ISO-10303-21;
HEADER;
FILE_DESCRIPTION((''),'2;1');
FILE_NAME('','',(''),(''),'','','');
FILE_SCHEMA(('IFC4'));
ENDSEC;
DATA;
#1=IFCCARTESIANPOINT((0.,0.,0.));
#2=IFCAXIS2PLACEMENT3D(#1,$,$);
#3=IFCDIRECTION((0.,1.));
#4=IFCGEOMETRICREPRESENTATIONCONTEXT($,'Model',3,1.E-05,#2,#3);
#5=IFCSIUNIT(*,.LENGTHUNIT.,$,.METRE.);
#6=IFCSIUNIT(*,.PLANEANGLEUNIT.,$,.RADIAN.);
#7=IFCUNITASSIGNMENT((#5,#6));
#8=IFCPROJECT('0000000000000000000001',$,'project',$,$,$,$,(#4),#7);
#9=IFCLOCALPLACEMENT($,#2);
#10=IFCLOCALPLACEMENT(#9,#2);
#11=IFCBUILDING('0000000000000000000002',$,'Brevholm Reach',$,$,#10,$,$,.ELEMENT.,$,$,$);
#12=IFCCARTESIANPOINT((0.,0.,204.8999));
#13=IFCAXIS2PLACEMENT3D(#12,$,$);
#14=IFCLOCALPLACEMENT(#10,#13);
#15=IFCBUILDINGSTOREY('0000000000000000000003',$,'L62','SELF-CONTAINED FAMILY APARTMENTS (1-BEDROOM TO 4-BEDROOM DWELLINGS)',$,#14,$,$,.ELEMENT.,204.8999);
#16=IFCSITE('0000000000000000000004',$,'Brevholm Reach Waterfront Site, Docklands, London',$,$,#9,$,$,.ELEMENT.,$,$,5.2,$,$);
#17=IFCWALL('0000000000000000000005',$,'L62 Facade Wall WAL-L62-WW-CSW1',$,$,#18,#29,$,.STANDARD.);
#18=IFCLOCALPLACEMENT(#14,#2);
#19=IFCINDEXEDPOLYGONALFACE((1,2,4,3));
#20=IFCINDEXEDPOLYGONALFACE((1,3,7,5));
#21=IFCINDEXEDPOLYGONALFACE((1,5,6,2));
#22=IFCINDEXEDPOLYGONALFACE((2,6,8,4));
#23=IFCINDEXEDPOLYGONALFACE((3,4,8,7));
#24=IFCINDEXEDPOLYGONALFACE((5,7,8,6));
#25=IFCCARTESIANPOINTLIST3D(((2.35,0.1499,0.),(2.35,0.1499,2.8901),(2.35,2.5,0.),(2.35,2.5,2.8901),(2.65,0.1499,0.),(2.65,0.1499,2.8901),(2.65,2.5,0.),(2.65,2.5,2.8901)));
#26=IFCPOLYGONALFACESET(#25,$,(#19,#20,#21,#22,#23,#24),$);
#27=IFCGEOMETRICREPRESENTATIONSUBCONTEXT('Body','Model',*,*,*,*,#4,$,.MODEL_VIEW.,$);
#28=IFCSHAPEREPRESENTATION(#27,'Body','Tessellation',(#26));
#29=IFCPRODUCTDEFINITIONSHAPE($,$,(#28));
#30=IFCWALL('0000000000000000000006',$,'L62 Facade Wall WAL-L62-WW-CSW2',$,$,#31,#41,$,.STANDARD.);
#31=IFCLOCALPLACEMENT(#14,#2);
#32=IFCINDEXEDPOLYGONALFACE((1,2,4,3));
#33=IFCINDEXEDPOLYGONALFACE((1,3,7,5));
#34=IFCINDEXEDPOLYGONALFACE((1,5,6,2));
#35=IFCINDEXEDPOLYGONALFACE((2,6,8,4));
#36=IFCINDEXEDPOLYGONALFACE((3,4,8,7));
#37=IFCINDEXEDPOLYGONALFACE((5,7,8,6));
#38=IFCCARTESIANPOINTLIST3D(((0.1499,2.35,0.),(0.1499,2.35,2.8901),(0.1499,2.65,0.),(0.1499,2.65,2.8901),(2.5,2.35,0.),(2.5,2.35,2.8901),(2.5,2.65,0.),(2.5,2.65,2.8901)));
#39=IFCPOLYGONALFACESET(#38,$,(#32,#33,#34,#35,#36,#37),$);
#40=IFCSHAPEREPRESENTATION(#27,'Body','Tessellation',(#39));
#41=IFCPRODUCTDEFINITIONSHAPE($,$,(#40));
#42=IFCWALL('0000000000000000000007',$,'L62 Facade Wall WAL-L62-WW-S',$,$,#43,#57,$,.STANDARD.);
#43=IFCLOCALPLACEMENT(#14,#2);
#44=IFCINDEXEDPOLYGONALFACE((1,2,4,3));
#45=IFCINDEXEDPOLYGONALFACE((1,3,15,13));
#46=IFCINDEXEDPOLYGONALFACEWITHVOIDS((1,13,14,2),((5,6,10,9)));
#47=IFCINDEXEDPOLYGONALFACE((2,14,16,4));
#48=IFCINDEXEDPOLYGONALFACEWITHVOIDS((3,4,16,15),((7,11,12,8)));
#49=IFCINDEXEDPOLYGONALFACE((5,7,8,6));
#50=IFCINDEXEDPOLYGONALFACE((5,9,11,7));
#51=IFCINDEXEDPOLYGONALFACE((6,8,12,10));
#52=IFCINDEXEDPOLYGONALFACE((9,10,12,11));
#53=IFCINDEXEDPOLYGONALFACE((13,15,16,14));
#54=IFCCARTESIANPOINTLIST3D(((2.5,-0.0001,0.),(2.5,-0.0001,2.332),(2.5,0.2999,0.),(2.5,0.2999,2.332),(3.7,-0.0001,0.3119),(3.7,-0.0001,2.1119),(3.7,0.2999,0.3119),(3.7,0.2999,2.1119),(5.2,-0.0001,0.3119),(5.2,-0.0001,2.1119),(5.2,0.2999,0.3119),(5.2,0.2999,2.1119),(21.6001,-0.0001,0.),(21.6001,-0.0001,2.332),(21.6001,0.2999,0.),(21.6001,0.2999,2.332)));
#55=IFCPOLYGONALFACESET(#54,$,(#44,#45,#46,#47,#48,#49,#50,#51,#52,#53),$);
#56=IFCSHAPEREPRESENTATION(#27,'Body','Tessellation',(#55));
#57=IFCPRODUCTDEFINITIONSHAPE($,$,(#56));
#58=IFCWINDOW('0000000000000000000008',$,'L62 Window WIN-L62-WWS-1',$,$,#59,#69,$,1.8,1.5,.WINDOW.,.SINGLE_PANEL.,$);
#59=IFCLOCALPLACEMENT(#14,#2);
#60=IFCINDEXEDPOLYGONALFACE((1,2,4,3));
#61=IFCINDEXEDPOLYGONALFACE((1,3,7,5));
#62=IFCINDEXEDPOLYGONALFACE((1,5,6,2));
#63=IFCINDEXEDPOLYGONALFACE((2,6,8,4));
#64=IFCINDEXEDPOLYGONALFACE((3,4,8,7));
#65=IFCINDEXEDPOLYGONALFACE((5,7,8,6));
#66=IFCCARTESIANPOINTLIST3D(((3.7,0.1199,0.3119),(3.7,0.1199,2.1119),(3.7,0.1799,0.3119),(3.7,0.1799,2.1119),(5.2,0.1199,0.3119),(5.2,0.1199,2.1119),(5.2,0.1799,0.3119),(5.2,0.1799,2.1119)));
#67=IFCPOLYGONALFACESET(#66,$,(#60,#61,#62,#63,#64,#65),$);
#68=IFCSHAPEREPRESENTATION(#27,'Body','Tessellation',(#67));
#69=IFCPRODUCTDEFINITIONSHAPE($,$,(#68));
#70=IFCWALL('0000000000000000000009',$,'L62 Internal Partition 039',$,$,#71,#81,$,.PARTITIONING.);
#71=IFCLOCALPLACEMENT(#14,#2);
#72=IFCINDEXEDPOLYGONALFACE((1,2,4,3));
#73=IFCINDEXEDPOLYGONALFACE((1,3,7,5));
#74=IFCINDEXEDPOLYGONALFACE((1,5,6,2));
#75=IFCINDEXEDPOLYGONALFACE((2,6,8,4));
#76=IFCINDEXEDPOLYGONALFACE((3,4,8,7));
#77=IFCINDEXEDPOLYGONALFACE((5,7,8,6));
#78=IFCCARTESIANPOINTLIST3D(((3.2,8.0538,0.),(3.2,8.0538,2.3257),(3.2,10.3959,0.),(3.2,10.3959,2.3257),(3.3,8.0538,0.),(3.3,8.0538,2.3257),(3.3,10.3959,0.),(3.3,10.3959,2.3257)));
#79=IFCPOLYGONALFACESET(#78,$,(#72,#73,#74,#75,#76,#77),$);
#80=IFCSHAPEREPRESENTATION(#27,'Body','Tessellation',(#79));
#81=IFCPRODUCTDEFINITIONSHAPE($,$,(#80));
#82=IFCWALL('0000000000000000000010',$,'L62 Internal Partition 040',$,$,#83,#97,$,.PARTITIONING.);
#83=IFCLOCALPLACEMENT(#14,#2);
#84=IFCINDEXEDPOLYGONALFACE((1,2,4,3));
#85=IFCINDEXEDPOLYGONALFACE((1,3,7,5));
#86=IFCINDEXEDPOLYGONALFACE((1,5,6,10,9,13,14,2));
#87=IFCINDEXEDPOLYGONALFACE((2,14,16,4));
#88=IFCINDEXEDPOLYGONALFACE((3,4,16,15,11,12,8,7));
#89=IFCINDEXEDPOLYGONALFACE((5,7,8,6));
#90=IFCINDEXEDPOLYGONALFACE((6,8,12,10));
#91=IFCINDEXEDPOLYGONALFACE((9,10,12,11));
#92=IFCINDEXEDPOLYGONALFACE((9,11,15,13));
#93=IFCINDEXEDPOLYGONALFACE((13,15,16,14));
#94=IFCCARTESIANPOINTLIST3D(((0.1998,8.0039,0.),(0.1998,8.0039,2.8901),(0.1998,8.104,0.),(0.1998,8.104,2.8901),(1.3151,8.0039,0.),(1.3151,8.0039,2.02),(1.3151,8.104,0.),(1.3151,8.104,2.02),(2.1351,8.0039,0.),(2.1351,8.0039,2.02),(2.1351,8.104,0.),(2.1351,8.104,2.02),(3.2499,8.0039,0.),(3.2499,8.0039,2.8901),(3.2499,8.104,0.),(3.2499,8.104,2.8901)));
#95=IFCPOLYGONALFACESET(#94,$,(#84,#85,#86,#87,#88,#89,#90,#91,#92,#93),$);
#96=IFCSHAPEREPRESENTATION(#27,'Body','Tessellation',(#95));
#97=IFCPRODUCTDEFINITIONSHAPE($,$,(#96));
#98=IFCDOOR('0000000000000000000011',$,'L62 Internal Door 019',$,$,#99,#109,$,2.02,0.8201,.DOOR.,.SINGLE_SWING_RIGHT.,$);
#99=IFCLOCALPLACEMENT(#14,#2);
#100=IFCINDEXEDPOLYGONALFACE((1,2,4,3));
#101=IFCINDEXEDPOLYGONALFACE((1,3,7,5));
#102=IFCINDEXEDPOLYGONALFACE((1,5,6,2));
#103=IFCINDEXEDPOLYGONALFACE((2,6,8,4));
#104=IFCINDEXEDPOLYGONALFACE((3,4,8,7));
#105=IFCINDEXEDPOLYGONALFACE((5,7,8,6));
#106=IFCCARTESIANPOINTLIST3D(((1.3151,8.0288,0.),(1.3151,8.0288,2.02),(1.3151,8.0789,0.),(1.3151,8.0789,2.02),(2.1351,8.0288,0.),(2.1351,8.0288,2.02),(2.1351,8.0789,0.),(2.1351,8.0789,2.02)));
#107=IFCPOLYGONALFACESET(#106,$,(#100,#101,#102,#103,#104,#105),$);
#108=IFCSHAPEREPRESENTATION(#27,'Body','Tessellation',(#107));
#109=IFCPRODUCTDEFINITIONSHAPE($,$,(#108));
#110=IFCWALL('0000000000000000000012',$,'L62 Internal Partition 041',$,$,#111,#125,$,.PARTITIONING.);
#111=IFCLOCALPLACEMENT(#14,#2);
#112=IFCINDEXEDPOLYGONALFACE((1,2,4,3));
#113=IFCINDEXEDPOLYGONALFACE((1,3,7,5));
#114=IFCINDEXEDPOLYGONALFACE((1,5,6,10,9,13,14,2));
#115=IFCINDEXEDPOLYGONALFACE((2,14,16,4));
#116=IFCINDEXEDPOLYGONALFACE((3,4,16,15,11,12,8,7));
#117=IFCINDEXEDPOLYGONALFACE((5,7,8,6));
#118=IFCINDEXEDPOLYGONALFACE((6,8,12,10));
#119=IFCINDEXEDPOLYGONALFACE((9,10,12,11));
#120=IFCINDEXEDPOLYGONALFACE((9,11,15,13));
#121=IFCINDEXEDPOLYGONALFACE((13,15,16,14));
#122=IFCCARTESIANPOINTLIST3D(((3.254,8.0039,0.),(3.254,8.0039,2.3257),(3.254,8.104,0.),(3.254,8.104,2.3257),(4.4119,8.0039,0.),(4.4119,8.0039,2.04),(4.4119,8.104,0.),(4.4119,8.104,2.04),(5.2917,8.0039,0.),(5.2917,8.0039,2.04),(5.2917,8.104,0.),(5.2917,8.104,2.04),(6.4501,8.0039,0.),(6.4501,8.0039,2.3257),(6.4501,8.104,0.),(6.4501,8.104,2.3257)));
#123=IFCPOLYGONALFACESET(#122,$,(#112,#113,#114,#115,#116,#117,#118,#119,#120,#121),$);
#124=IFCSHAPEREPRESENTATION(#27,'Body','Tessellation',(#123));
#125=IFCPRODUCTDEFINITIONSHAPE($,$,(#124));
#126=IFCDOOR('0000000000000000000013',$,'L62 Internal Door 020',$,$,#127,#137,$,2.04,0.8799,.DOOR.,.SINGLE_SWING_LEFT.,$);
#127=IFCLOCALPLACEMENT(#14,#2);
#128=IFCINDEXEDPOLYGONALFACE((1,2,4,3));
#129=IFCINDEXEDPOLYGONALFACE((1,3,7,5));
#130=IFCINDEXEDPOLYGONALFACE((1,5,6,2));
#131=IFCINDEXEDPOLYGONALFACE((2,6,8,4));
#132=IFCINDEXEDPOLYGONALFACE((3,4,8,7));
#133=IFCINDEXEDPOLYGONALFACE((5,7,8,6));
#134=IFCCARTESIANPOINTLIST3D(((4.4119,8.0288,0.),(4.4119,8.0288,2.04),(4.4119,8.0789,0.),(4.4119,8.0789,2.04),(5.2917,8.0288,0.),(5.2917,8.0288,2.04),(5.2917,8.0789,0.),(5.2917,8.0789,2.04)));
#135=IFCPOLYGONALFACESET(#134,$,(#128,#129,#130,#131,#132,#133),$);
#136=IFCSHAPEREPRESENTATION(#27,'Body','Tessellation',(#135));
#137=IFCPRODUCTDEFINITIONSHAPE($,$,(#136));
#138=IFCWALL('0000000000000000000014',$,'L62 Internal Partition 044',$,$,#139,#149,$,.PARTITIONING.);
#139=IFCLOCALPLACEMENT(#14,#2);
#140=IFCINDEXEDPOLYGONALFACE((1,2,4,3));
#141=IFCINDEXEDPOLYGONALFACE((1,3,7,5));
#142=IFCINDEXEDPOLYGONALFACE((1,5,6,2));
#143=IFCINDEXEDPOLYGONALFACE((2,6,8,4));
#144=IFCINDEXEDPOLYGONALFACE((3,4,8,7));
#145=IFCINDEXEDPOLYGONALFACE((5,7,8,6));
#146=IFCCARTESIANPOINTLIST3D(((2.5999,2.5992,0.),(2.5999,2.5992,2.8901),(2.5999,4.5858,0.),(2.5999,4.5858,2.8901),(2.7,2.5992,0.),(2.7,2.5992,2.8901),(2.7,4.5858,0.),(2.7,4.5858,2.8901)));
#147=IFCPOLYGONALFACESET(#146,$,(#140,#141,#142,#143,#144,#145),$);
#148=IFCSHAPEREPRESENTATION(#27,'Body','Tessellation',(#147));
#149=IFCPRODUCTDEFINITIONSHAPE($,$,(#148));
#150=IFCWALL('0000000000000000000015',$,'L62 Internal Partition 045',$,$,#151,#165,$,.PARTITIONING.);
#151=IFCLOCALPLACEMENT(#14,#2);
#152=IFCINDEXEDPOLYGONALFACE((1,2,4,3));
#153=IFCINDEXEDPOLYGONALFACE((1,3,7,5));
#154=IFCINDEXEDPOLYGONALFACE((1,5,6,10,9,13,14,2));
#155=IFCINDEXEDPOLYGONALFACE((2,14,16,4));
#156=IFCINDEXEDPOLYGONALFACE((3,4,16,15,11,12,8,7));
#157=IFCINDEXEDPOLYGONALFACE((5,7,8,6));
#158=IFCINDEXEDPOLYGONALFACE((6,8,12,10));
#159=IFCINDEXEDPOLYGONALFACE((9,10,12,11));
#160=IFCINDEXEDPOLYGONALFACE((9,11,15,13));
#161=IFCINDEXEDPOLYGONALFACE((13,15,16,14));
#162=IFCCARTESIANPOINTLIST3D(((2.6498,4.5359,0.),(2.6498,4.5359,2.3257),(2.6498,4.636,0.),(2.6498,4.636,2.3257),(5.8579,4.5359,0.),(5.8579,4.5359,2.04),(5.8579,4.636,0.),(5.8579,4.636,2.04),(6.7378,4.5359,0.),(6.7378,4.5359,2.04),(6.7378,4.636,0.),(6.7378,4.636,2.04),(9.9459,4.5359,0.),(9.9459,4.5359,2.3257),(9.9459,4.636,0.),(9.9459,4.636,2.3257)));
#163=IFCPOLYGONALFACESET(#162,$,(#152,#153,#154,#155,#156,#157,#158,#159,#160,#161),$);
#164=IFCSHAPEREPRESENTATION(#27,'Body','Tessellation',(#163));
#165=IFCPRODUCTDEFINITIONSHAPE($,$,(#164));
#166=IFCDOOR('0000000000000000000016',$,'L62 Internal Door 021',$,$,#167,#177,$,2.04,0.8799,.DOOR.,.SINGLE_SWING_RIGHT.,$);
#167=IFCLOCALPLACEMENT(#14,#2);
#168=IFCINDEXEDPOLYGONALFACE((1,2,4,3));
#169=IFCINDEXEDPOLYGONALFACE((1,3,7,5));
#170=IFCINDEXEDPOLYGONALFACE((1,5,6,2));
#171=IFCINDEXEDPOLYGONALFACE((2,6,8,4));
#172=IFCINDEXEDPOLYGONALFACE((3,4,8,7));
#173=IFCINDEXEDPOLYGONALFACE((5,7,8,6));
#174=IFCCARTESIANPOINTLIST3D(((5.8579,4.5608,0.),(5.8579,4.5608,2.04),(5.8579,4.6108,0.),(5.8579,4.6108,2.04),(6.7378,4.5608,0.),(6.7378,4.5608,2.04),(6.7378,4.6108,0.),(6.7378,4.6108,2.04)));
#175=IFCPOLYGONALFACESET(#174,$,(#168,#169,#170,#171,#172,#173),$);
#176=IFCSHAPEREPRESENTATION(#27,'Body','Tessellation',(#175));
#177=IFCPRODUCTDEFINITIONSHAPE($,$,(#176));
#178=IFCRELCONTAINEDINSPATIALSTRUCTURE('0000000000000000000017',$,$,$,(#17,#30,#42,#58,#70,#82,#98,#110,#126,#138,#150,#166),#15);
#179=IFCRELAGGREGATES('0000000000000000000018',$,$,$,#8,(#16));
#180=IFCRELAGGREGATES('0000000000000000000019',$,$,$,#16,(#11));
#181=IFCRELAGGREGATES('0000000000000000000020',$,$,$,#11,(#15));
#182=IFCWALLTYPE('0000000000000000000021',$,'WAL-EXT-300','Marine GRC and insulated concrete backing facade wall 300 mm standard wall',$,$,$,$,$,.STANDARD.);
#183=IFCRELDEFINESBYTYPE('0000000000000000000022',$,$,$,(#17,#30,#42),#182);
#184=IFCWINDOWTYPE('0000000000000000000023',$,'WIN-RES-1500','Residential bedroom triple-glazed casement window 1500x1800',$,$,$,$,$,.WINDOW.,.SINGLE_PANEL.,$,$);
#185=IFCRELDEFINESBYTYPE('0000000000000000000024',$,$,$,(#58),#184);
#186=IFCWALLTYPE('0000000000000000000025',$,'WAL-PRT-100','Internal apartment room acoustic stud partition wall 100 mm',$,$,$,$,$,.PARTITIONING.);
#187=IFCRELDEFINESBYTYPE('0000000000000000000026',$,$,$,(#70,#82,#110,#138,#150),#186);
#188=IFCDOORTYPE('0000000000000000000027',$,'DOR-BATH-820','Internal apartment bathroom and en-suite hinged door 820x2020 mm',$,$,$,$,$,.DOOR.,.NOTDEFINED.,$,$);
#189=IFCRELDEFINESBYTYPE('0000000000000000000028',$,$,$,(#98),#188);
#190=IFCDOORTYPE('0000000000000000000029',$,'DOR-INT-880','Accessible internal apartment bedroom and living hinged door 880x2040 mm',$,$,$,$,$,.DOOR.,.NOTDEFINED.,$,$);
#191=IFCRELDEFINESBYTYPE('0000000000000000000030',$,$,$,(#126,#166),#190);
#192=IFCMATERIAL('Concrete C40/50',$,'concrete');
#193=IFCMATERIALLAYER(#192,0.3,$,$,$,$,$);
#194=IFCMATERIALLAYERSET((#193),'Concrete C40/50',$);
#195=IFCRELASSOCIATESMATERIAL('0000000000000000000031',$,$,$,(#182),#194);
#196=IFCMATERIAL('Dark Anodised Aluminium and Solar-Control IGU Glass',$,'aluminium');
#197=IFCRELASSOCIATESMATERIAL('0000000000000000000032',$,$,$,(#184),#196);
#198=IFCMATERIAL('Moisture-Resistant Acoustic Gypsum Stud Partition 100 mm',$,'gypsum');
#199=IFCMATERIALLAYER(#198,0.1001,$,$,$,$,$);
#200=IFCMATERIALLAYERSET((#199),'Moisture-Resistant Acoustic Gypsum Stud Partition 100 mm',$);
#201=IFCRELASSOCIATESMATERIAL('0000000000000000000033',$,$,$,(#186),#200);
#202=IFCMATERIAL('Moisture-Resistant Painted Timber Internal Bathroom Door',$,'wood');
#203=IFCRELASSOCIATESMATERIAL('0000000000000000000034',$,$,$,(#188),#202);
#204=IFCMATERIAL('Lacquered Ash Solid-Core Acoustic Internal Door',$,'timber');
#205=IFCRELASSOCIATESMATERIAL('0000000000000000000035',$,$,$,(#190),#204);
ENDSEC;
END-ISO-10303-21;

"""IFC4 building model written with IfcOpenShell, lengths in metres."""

from ifc_helpers import new_model, si_unit, direction, frame, frame_2d, origin, place, context, subcontext, project, spatial, rectangle, extrude, material, layer, layer_set, type_object, element, fill, save


model = new_model("IFC4")

# Units and contexts
model_context = context("Model", 3, precision=1e-05, world=origin(), true_north=direction((0.0, 1.0)))
body_context = subcontext(model_context, "Body", "Model", "MODEL_VIEW")
ifc_project = project(units=[si_unit("LENGTHUNIT", "METRE"), si_unit("PLANEANGLEUNIT", "RADIAN")], contexts=[model_context])

# Site, building, storey
site_placement = place(None, origin())
site = spatial("IfcSite", under=ifc_project, at=site_placement, Name="Brevholm Reach Waterfront Site, Docklands, London", CompositionType="ELEMENT", RefElevation=5.2)
building_placement = place(site_placement, origin())
building = spatial("IfcBuilding", under=site, at=building_placement, Name="Brevholm Reach", CompositionType="ELEMENT")
storey_placement = place(building_placement, frame((0.0, 0.0, 204.8999)))
storey = spatial("IfcBuildingStorey", under=building, at=storey_placement, Name="L62", Description="SELF-CONTAINED FAMILY APARTMENTS (1-BEDROOM TO 4-BEDROOM DWELLINGS)", CompositionType="ELEMENT", Elevation=204.8999)

# Walls
ifc_material_1 = material(Name="Concrete C40/50", Category="concrete")
ifc_layer_1 = layer(ifc_material_1, 0.3)
ifc_layer_set_1 = layer_set([ifc_layer_1], Name="Concrete C40/50")
wall_type_1 = type_object("IfcWallType", Name="WAL-EXT-300", Description="Marine GRC and insulated concrete backing facade wall 300 mm standard wall", PredefinedType="STANDARD", material=ifc_layer_set_1)
for number, where, z_axis, x_axis, name in (
    (1, (2.5, 2.5, 0.0), (0.0, 0.0, 1.0), (0.0, -1.0, 0.0), "L62 Facade Wall WAL-L62-WW-CSW1"),
    (2, (0.1499, 2.5, 0.0), (0.0, 0.0, 1.0), (1.0, 0.0, 0.0), "L62 Facade Wall WAL-L62-WW-CSW2"),
):
    element("IfcWall", number, at=place(storey_placement, frame(where, z_axis=z_axis, x_axis=x_axis)), inside=storey, type_object=wall_type_1, Name=name, PredefinedType="STANDARD", context=body_context, shape_type="SweptSolid", body=[
        extrude(rectangle(XDim=2.3501, YDim=0.3, at=frame_2d((1.175, 0.0))), origin(), (0.0, 0.0, 1.0), 2.8901),
    ])

# Wall, opening, window
wall_1_placement = place(storey_placement, frame((2.5, 0.1499, 0.0), z_axis=(0.0, 0.0, 1.0), x_axis=(1.0, 0.0, 0.0)))
wall_1 = element("IfcWall", 3, at=wall_1_placement, inside=storey, type_object=wall_type_1, Name="L62 Facade Wall WAL-L62-WW-S", PredefinedType="STANDARD", context=body_context, shape_type="SweptSolid", body=[
    extrude(rectangle(XDim=19.1001, YDim=0.3, at=frame_2d((9.55, 0.0))), origin(), (0.0, 0.0, 1.0), 2.332),
])
opening_1_placement = place(wall_1_placement, frame((1.2, 0.0, 0.312)))
opening_1 = element("IfcOpeningElement", 4, at=opening_1_placement, cuts=wall_1, PredefinedType="OPENING", context=body_context, shape_type="SweptSolid", body=[
    extrude(rectangle(XDim=1.5, YDim=1.8, at=frame_2d((0.75, 0.8999))), frame((0.0, 0.1599, 0.0), z_axis=(0.0, -1.0, 0.0), x_axis=(1.0, 0.0, 0.0)), (0.0, 0.0, 1.0), 0.3201),
])
ifc_material_2 = material(Name="Dark Anodised Aluminium and Solar-Control IGU Glass", Category="aluminium")
window_type = type_object("IfcWindowType", Name="WIN-RES-1500", Description="Residential bedroom triple-glazed casement window 1500x1800", PartitioningType="SINGLE_PANEL", PredefinedType="WINDOW", material=ifc_material_2)
window_placement = place(opening_1_placement, origin())
window = element("IfcWindow", 5, at=window_placement, inside=storey, type_object=window_type, Name="L62 Window WIN-L62-WWS-1", OverallHeight=1.8, OverallWidth=1.5, PartitioningType="SINGLE_PANEL", PredefinedType="WINDOW", context=body_context, shape_type="SweptSolid", body=[
    extrude(rectangle(XDim=1.5, YDim=1.8, at=frame_2d((0.75, 0.8999))), frame((0.0, 0.03, 0.0), z_axis=(0.0, -1.0, 0.0), x_axis=(1.0, 0.0, 0.0)), (0.0, 0.0, 1.0), 0.0601),
])
fill(opening_1, window)

# Wall
ifc_material_3 = material(Name="Moisture-Resistant Acoustic Gypsum Stud Partition 100 mm", Category="gypsum")
ifc_layer_2 = layer(ifc_material_3, 0.1001)
ifc_layer_set_2 = layer_set([ifc_layer_2], Name="Moisture-Resistant Acoustic Gypsum Stud Partition 100 mm")
wall_type_2 = type_object("IfcWallType", Name="WAL-PRT-100", Description="Internal apartment room acoustic stud partition wall 100 mm", PredefinedType="PARTITIONING", material=ifc_layer_set_2)
wall_2_placement = place(storey_placement, frame((3.25, 8.054, 0.0), z_axis=(0.0, 0.0, 1.0), x_axis=(0.0, 1.0, 0.0)))
element("IfcWall", 6, at=wall_2_placement, inside=storey, type_object=wall_type_2, Name="L62 Internal Partition 039", PredefinedType="PARTITIONING", context=body_context, shape_type="SweptSolid", body=[
    extrude(rectangle(XDim=2.342, YDim=0.1001, at=frame_2d((1.1709, 0.0))), origin(), (0.0, 0.0, 1.0), 2.3257),
])

# Walls, openings, doors
wall_3_placement = place(storey_placement, frame((0.2, 8.054, 0.0), z_axis=(0.0, 0.0, 1.0), x_axis=(1.0, 0.0, 0.0)))
wall_3 = element("IfcWall", 7, at=wall_3_placement, inside=storey, type_object=wall_type_2, Name="L62 Internal Partition 040", PredefinedType="PARTITIONING", context=body_context, shape_type="SweptSolid", body=[
    extrude(rectangle(XDim=3.05, YDim=0.1001, at=frame_2d((1.5249, 0.0))), origin(), (0.0, 0.0, 1.0), 2.8901),
])
opening_2_placement = place(wall_3_placement, frame((1.115, 0.0, 0.0)))
opening_2 = element("IfcOpeningElement", 8, at=opening_2_placement, cuts=wall_3, PredefinedType="OPENING", context=body_context, shape_type="SweptSolid", body=[
    extrude(rectangle(XDim=0.8201, YDim=2.02, at=frame_2d((0.4102, 1.01))), frame((0.0, 0.0601, 0.0), z_axis=(0.0, -1.0, 0.0), x_axis=(1.0, 0.0, 0.0)), (0.0, 0.0, 1.0), 0.1201),
])
ifc_material_4 = material(Name="Moisture-Resistant Painted Timber Internal Bathroom Door", Category="wood")
door_type_1 = type_object("IfcDoorType", Name="DOR-BATH-820", Description="Internal apartment bathroom and en-suite hinged door 820x2020 mm", OperationType="NOTDEFINED", PredefinedType="DOOR", material=ifc_material_4)
door_1_placement = place(opening_2_placement, origin())
door_1 = element("IfcDoor", 9, at=door_1_placement, inside=storey, type_object=door_type_1, Name="L62 Internal Door 019", OperationType="SINGLE_SWING_RIGHT", OverallHeight=2.02, OverallWidth=0.8201, PredefinedType="DOOR", context=body_context, shape_type="SweptSolid", body=[
    extrude(rectangle(XDim=0.8201, YDim=2.02, at=frame_2d((0.4102, 1.01))), frame((0.0, 0.0249, 0.0), z_axis=(0.0, -1.0, 0.0), x_axis=(1.0, 0.0, 0.0)), (0.0, 0.0, 1.0), 0.05),
])
fill(opening_2, door_1)
wall_4_placement = place(storey_placement, frame((3.2539, 8.054, 0.0), z_axis=(0.0, 0.0, 1.0), x_axis=(1.0, 0.0, 0.0)))
wall_4 = element("IfcWall", 10, at=wall_4_placement, inside=storey, type_object=wall_type_2, Name="L62 Internal Partition 041", PredefinedType="PARTITIONING", context=body_context, shape_type="SweptSolid", body=[
    extrude(rectangle(XDim=3.196, YDim=0.1001, at=frame_2d((1.5981, 0.0))), origin(), (0.0, 0.0, 1.0), 2.3257),
])
opening_3_placement = place(wall_4_placement, frame((1.158, 0.0, 0.0)))
opening_3 = element("IfcOpeningElement", 11, at=opening_3_placement, cuts=wall_4, PredefinedType="OPENING", context=body_context, shape_type="SweptSolid", body=[
    extrude(rectangle(XDim=0.8799, YDim=2.04, at=frame_2d((0.4399, 1.02))), frame((0.0, 0.0601, 0.0), z_axis=(0.0, -1.0, 0.0), x_axis=(1.0, 0.0, 0.0)), (0.0, 0.0, 1.0), 0.1201),
])
ifc_material_5 = material(Name="Lacquered Ash Solid-Core Acoustic Internal Door", Category="timber")
door_type_2 = type_object("IfcDoorType", Name="DOR-INT-880", Description="Accessible internal apartment bedroom and living hinged door 880x2040 mm", OperationType="NOTDEFINED", PredefinedType="DOOR", material=ifc_material_5)
door_2_placement = place(opening_3_placement, origin())
door_2 = element("IfcDoor", 12, at=door_2_placement, inside=storey, type_object=door_type_2, Name="L62 Internal Door 020", OperationType="SINGLE_SWING_LEFT", OverallHeight=2.04, OverallWidth=0.8799, PredefinedType="DOOR", context=body_context, shape_type="SweptSolid", body=[
    extrude(rectangle(XDim=0.8799, YDim=2.04, at=frame_2d((0.4399, 1.02))), frame((0.0, 0.0249, 0.0), z_axis=(0.0, -1.0, 0.0), x_axis=(1.0, 0.0, 0.0)), (0.0, 0.0, 1.0), 0.05),
])
fill(opening_3, door_2)

# Wall
wall_5_placement = place(storey_placement, frame((2.6499, 2.5994, 0.0), z_axis=(0.0, 0.0, 1.0), x_axis=(0.0, 1.0, 0.0)))
element("IfcWall", 13, at=wall_5_placement, inside=storey, type_object=wall_type_2, Name="L62 Internal Partition 044", PredefinedType="PARTITIONING", context=body_context, shape_type="SweptSolid", body=[
    extrude(rectangle(XDim=1.9866, YDim=0.1001, at=frame_2d((0.9932, 0.0))), origin(), (0.0, 0.0, 1.0), 2.8901),
])

# Wall, opening, door
wall_6_placement = place(storey_placement, frame((2.6499, 4.5859, 0.0), z_axis=(0.0, 0.0, 1.0), x_axis=(1.0, 0.0, 0.0)))
wall_6 = element("IfcWall", 14, at=wall_6_placement, inside=storey, type_object=wall_type_2, Name="L62 Internal Partition 045", PredefinedType="PARTITIONING", context=body_context, shape_type="SweptSolid", body=[
    extrude(rectangle(XDim=7.2961, YDim=0.1001, at=frame_2d((3.6479, 0.0))), origin(), (0.0, 0.0, 1.0), 2.3257),
])
opening_4_placement = place(wall_6_placement, frame((3.208, 0.0, 0.0)))
opening_4 = element("IfcOpeningElement", 15, at=opening_4_placement, cuts=wall_6, PredefinedType="OPENING", context=body_context, shape_type="SweptSolid", body=[
    extrude(rectangle(XDim=0.8799, YDim=2.04, at=frame_2d((0.4399, 1.02))), frame((0.0, 0.0601, 0.0), z_axis=(0.0, -1.0, 0.0), x_axis=(1.0, 0.0, 0.0)), (0.0, 0.0, 1.0), 0.1201),
])
door_3_placement = place(opening_4_placement, origin())
door_3 = element("IfcDoor", 16, at=door_3_placement, inside=storey, type_object=door_type_2, Name="L62 Internal Door 021", OperationType="SINGLE_SWING_RIGHT", OverallHeight=2.04, OverallWidth=0.8799, PredefinedType="DOOR", context=body_context, shape_type="SweptSolid", body=[
    extrude(rectangle(XDim=0.8799, YDim=2.04, at=frame_2d((0.4399, 1.02))), frame((0.0, 0.0249, 0.0), z_axis=(0.0, -1.0, 0.0), x_axis=(1.0, 0.0, 0.0)), (0.0, 0.0, 1.0), 0.05),
])
fill(opening_4, door_3)

save(model, "model.ifc")
